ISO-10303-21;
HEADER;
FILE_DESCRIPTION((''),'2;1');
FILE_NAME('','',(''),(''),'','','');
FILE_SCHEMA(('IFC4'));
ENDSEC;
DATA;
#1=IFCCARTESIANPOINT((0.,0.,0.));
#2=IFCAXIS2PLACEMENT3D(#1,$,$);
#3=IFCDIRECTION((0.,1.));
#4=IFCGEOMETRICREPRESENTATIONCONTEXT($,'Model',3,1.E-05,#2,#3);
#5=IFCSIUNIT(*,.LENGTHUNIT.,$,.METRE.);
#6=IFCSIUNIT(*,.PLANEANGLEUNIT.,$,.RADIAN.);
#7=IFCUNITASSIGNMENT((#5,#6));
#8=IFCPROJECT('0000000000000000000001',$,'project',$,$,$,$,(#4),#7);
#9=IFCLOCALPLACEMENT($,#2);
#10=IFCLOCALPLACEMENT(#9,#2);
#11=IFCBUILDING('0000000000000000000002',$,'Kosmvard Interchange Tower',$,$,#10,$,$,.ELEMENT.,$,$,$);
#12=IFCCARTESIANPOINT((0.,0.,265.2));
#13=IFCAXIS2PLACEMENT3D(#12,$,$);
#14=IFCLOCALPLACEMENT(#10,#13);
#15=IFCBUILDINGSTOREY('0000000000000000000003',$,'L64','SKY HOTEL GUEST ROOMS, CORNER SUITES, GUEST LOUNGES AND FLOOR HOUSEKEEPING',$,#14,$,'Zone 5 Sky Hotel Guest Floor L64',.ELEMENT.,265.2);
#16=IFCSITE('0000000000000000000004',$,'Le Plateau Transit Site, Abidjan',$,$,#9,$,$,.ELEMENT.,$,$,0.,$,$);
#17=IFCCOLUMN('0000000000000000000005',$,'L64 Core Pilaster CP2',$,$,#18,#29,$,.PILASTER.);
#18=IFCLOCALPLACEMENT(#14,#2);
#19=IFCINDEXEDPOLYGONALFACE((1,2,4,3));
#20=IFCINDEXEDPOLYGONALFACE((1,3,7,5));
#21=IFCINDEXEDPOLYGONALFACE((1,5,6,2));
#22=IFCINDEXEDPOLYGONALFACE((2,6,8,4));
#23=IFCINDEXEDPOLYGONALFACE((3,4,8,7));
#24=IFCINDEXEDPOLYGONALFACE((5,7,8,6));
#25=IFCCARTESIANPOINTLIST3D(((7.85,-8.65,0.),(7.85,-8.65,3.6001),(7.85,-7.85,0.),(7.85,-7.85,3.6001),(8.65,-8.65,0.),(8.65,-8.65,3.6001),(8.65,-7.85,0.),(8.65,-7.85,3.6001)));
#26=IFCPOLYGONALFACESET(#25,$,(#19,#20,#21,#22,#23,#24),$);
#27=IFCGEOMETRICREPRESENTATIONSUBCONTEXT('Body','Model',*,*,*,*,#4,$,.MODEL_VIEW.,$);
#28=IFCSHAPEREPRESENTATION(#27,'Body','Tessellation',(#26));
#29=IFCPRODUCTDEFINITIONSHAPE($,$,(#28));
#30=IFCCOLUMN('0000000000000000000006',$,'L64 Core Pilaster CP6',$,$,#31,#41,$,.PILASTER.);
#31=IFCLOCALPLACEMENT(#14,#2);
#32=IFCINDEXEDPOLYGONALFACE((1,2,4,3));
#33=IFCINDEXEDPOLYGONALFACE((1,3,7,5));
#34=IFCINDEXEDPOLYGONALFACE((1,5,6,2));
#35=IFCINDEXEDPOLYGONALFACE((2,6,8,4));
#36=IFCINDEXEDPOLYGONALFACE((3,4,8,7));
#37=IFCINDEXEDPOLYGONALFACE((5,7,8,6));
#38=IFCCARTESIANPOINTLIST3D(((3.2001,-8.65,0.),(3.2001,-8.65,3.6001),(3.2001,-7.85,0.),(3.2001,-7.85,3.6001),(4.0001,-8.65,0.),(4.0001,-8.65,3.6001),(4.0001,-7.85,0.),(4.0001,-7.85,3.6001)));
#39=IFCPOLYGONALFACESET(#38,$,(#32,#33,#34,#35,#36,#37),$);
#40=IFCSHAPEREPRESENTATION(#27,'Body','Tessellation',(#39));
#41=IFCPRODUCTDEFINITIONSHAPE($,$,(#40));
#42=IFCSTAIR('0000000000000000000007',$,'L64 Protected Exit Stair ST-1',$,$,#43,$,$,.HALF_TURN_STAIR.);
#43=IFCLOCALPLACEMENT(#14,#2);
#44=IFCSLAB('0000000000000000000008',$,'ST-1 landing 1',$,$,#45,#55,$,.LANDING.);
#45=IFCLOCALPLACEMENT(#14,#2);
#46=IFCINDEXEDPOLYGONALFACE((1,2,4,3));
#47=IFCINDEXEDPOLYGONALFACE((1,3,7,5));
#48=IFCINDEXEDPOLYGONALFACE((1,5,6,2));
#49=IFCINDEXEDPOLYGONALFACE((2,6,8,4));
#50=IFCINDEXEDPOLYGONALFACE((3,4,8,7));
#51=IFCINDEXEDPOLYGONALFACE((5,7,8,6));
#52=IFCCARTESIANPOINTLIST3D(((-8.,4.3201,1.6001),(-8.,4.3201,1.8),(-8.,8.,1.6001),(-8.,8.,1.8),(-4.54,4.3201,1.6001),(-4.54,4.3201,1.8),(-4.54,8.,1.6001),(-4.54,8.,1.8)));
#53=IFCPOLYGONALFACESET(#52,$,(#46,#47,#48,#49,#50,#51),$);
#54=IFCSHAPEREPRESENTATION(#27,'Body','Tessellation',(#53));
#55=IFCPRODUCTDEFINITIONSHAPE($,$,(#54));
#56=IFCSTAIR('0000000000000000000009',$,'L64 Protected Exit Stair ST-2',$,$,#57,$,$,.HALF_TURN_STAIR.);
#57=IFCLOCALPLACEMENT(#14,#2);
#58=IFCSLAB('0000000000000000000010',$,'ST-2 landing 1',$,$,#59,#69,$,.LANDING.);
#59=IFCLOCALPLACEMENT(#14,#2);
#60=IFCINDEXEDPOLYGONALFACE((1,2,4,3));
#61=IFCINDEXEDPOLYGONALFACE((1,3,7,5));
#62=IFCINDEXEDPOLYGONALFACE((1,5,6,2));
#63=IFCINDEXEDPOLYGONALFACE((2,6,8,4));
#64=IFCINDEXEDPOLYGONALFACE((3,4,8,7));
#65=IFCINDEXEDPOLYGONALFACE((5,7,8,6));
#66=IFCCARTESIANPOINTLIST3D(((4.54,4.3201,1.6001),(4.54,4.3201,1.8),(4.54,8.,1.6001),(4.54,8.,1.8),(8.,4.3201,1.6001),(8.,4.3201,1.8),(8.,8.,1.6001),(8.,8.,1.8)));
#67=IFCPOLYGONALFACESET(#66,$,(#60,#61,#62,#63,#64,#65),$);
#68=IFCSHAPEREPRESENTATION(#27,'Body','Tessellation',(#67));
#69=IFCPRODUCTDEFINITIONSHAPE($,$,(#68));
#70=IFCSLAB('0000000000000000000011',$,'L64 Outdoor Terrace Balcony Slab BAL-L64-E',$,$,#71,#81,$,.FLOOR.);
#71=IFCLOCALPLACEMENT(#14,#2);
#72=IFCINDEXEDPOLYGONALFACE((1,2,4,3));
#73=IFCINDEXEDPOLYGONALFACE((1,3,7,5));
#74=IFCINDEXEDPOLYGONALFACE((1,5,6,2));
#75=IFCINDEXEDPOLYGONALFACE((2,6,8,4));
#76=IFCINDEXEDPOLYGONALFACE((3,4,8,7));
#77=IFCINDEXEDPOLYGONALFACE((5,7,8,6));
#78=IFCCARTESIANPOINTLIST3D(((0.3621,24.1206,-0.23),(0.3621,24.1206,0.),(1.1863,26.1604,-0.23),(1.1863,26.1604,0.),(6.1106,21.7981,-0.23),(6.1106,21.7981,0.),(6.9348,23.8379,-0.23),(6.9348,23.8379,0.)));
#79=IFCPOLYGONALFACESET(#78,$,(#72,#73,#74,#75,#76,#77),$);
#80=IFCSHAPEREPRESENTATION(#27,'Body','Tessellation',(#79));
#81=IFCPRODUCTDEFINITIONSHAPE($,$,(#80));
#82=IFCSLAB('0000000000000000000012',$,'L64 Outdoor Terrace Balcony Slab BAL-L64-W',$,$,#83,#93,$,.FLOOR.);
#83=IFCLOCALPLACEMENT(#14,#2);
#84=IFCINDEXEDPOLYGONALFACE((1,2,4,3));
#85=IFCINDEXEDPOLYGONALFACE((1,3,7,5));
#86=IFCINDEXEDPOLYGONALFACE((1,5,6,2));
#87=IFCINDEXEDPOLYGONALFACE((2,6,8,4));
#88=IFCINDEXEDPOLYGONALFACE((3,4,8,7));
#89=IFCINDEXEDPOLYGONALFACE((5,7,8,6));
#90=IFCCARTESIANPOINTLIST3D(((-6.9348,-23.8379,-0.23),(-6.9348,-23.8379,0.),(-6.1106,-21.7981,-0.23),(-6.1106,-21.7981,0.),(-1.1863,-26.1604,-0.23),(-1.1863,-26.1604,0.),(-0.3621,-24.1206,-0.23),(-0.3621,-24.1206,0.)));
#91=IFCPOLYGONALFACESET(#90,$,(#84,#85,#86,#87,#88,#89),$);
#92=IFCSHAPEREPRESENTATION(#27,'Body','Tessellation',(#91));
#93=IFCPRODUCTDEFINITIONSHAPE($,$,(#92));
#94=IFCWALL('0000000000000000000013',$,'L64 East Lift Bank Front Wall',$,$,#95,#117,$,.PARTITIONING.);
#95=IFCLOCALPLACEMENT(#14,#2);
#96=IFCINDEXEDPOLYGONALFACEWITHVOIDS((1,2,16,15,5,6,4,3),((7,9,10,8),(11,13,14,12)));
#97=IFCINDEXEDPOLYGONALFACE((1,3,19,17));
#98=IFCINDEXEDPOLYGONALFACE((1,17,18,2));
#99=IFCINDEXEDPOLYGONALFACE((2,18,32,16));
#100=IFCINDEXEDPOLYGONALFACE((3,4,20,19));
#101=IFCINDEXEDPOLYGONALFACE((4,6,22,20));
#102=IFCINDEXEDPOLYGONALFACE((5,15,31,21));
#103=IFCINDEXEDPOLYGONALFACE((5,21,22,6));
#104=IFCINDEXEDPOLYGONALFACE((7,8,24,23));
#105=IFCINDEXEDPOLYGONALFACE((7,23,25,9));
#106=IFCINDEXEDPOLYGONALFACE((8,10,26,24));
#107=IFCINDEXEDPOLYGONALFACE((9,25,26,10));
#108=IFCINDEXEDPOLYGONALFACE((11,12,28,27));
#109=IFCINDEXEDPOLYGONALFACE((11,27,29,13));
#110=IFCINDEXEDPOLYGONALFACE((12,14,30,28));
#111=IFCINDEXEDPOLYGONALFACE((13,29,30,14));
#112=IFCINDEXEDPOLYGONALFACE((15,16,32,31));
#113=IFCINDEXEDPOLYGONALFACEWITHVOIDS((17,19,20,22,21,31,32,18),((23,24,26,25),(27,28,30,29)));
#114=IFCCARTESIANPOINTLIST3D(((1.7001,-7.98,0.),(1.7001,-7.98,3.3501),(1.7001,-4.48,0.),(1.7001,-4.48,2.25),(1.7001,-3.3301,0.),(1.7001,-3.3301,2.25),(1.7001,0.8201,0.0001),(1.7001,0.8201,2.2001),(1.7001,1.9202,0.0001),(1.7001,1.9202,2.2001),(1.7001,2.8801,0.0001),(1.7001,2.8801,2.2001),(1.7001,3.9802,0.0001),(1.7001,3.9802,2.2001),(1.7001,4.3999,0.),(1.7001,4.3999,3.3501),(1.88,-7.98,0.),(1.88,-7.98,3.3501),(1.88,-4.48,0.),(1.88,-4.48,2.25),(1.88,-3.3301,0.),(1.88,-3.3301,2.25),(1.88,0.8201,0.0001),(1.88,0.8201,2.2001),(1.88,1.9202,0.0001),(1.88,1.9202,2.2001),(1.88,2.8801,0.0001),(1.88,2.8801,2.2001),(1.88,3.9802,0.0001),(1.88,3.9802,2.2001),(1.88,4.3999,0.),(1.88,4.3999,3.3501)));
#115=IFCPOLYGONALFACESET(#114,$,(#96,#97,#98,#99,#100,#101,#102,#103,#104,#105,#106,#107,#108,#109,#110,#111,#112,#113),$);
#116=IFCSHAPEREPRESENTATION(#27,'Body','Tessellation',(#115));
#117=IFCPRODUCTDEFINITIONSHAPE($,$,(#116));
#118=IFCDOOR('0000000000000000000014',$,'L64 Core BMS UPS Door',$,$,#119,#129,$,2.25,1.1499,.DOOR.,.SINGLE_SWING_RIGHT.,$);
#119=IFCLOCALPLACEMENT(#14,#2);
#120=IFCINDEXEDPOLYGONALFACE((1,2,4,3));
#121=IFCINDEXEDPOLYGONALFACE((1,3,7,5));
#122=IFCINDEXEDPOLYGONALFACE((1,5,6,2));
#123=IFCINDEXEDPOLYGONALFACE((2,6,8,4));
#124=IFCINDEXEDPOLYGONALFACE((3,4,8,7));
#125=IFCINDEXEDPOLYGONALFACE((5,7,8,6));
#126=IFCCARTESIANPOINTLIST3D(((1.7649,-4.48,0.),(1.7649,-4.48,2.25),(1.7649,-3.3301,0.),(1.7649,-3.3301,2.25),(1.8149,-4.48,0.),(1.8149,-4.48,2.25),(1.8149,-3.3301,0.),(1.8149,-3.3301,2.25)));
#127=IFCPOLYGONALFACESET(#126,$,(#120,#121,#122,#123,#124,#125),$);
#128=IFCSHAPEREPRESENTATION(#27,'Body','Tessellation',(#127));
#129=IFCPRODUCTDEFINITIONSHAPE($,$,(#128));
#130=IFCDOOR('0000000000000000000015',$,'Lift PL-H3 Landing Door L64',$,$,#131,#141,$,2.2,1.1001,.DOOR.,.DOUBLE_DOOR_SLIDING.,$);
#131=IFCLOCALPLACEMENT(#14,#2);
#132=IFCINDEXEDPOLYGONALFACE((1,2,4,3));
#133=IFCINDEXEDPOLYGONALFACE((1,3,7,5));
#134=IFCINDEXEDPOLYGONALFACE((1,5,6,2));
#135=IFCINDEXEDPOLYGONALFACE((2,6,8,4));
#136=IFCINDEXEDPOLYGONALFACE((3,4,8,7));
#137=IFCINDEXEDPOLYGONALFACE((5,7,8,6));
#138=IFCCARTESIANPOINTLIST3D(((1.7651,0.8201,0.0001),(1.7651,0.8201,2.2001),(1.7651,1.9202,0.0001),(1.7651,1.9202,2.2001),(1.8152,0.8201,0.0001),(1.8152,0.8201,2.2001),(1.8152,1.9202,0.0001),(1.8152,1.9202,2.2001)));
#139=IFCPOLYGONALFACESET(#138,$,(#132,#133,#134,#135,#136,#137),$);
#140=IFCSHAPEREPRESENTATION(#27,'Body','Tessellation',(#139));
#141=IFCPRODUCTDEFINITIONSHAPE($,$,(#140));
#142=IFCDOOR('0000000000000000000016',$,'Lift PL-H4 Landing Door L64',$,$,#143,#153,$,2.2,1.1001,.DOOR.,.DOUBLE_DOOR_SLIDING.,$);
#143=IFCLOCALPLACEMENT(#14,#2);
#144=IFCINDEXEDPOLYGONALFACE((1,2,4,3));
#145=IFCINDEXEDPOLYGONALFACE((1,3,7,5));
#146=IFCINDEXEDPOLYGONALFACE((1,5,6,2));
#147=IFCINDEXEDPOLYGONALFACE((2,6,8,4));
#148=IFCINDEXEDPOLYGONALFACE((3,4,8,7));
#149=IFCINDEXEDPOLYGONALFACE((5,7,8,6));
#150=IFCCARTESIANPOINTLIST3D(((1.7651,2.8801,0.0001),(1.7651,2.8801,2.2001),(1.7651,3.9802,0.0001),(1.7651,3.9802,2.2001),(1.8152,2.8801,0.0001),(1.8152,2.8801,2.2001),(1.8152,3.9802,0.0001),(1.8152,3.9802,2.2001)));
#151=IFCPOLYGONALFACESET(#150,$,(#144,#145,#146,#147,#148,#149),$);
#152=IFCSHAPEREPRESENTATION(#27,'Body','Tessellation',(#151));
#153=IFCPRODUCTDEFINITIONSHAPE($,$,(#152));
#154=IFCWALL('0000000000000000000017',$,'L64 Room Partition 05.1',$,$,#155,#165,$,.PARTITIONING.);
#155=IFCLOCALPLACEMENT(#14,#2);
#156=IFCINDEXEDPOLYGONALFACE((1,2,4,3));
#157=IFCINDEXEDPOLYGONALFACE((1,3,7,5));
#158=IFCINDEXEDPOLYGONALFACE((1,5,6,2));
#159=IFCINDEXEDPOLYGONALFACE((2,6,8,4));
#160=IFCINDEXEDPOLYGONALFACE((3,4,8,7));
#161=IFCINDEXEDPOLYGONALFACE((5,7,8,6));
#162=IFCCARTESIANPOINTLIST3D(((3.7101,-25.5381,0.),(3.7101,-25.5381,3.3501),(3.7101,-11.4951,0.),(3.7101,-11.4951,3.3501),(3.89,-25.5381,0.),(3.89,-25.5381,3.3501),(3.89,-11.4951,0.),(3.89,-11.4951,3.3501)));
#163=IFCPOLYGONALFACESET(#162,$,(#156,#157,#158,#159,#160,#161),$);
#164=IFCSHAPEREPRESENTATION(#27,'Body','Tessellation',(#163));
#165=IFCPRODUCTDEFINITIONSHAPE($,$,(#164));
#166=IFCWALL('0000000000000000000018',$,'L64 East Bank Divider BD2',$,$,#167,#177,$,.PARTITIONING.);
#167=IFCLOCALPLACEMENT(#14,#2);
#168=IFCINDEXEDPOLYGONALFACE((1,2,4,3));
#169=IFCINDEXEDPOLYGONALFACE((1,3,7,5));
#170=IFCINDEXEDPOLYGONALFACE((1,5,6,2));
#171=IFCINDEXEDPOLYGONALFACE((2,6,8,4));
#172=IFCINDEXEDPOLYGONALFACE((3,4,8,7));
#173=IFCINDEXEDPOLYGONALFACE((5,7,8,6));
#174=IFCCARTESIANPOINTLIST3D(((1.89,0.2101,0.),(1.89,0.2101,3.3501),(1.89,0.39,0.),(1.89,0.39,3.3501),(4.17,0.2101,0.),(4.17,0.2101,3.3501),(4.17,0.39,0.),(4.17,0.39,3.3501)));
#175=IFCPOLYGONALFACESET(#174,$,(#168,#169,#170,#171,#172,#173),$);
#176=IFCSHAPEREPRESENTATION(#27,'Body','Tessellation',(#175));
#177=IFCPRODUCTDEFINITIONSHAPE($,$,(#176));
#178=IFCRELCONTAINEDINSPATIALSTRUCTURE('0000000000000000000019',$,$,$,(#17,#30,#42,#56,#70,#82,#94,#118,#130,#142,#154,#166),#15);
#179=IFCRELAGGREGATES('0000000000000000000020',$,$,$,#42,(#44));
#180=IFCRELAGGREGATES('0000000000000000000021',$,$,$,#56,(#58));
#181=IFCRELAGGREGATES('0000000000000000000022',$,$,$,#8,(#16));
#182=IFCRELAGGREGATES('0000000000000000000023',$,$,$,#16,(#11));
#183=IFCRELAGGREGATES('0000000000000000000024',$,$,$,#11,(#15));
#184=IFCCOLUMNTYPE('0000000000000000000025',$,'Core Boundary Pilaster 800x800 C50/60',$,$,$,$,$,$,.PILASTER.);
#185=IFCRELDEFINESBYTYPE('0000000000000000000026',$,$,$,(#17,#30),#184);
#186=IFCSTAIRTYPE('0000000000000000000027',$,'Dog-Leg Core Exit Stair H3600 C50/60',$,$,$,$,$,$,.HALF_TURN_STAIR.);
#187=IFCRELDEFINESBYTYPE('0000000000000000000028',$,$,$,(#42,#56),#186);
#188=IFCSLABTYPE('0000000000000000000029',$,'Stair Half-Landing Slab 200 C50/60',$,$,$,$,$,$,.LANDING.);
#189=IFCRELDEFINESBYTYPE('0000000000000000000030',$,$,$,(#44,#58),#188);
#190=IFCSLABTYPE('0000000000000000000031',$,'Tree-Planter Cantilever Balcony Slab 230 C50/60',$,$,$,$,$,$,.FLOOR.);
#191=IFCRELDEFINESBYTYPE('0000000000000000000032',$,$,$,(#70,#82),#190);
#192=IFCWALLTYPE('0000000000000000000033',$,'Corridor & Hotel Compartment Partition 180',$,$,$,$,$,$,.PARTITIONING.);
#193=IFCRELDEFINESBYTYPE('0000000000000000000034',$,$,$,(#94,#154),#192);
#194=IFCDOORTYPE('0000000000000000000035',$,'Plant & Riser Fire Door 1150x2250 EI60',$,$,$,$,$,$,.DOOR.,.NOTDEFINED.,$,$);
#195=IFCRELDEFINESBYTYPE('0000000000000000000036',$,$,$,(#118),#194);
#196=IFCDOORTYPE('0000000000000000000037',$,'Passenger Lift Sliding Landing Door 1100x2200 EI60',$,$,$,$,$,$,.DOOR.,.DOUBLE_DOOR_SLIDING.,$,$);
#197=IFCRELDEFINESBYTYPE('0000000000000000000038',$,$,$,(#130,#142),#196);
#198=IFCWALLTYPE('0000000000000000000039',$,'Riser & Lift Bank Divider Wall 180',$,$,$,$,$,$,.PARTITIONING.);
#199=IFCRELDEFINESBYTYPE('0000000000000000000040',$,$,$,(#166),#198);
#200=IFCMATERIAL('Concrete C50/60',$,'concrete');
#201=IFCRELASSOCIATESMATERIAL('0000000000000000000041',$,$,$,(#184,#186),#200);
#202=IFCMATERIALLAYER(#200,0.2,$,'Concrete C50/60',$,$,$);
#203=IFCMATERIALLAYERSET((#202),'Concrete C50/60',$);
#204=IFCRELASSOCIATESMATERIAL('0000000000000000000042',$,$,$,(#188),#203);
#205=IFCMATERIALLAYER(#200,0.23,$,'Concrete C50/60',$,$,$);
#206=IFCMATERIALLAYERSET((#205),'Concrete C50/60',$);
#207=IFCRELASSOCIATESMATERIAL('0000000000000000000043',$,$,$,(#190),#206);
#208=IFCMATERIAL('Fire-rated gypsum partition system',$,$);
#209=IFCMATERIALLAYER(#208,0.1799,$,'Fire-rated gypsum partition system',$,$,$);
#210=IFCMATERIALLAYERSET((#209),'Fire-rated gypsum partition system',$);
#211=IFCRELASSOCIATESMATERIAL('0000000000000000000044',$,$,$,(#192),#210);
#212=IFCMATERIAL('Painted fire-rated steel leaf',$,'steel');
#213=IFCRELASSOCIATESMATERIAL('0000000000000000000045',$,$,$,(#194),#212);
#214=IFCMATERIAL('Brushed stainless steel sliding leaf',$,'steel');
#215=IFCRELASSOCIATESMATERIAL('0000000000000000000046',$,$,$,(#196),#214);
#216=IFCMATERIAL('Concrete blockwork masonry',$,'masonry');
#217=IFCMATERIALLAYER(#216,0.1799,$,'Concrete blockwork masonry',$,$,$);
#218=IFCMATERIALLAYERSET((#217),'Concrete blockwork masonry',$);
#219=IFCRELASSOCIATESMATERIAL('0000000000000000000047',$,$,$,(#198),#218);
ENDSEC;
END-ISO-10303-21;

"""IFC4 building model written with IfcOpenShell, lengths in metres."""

from ifc_helpers import new_model, si_unit, direction, frame, frame_2d, origin, origin_2d, place, context, subcontext, project, spatial, polyline, rectangle, outline, extrude, source, transform, mapped, material, layer, layer_set, material_profile, profile_set, type_object, element, fill, aggregate, save


model = new_model("IFC4")

# Units and contexts
model_context = context("Model", 3, precision=1e-05, world=origin(), true_north=direction((0.0, 1.0)))
body_context = subcontext(model_context, "Body", "Model", "MODEL_VIEW")
ifc_project = project(units=[si_unit("LENGTHUNIT", "METRE"), si_unit("PLANEANGLEUNIT", "RADIAN")], contexts=[model_context])

# Site, building, storey
site_placement = place(None, origin())
site = spatial("IfcSite", under=ifc_project, at=site_placement, Name="Le Plateau Transit Site, Abidjan", CompositionType="ELEMENT", RefElevation=0.0)
building_placement = place(site_placement, origin())
building = spatial("IfcBuilding", under=site, at=building_placement, Name="Kosmvard Interchange Tower", CompositionType="ELEMENT")
storey_placement = place(building_placement, frame((0.0, 0.0, 265.2)))
storey = spatial("IfcBuildingStorey", under=building, at=storey_placement, Name="L64", Description="SKY HOTEL GUEST ROOMS, CORNER SUITES, GUEST LOUNGES AND FLOOR HOUSEKEEPING", LongName="Zone 5 Sky Hotel Guest Floor L64", CompositionType="ELEMENT", Elevation=265.2)

# Columns
ifc_material_1 = material(Name="Concrete C50/60", Category="concrete")
ifc_material_profile = material_profile(ifc_material_1, rectangle(XDim=0.8, YDim=0.8, at=origin_2d()), Name="CP 800x800")
ifc_profile_set = profile_set([ifc_material_profile], Name="Concrete C50/60")
column_type = type_object("IfcColumnType", Name="Core Boundary Pilaster 800x800 C50/60", PredefinedType="PILASTER", material=ifc_profile_set)
shared_shape_1 = source(origin(), body_context, "Body", "SweptSolid", [
    extrude(rectangle(XDim=0.8, YDim=0.8, at=origin_2d()), origin(), (0.0, 0.0, 1.0), 3.6001),
])
for number, where, z_axis, x_axis, name in (
    (1, (8.25, -8.25, 0.0), (0.0, 0.0, 1.0), (1.0, 0.0, 0.0), "L64 Core Pilaster CP2"),
    (2, (3.6001, -8.25, 0.0), (0.0, 0.0, 1.0), (1.0, 0.0, 0.0), "L64 Core Pilaster CP6"),
):
    element("IfcColumn", number, at=place(storey_placement, frame(where, z_axis=z_axis, x_axis=x_axis)), inside=storey, type_object=column_type, Name=name, PredefinedType="PILASTER", context=body_context, shape_type="MappedRepresentation", body=[
        mapped(shared_shape_1, transform((0.0, 0.0, 0.0), scale=1.0)),
    ])

# Stairs, slabs
stair_type = type_object("IfcStairType", Name="Dog-Leg Core Exit Stair H3600 C50/60", PredefinedType="HALF_TURN_STAIR", material=ifc_material_1)
stair_1_placement = place(storey_placement, origin())
stair_1 = element("IfcStair", 3, at=stair_1_placement, inside=storey, type_object=stair_type, Name="L64 Protected Exit Stair ST-1", PredefinedType="HALF_TURN_STAIR")
ifc_layer_1 = layer(ifc_material_1, 0.2, Name="Concrete C50/60")
ifc_layer_set_1 = layer_set([ifc_layer_1], Name="Concrete C50/60")
slab_type_1 = type_object("IfcSlabType", Name="Stair Half-Landing Slab 200 C50/60", PredefinedType="LANDING", material=ifc_layer_set_1)
slab_1_placement = place(storey_placement, frame((0.0, 0.0, 1.6001)))
slab_1 = element("IfcSlab", 4, at=slab_1_placement, type_object=slab_type_1, Name="ST-1 landing 1", PredefinedType="LANDING", context=body_context, shape_type="SweptSolid", body=[
    extrude(outline(polyline([(-4.54, 4.3201), (-4.54, 8.0), (-8.0, 8.0), (-8.0, 4.3201), (-4.54, 4.3201)])), origin(), (0.0, 0.0, 1.0), 0.2),
])
aggregate(stair_1, [slab_1])
stair_2_placement = place(storey_placement, origin())
stair_2 = element("IfcStair", 5, at=stair_2_placement, inside=storey, type_object=stair_type, Name="L64 Protected Exit Stair ST-2", PredefinedType="HALF_TURN_STAIR")
slab_2_placement = place(storey_placement, frame((0.0, 0.0, 1.6001)))
slab_2 = element("IfcSlab", 6, at=slab_2_placement, type_object=slab_type_1, Name="ST-2 landing 1", PredefinedType="LANDING", context=body_context, shape_type="SweptSolid", body=[
    extrude(outline(polyline([(8.0, 4.3201), (8.0, 8.0), (4.54, 8.0), (4.54, 4.3201), (8.0, 4.3201)])), origin(), (0.0, 0.0, 1.0), 0.2),
])
aggregate(stair_2, [slab_2])

# Slabs
ifc_layer_2 = layer(ifc_material_1, 0.23, Name="Concrete C50/60")
ifc_layer_set_2 = layer_set([ifc_layer_2], Name="Concrete C50/60")
slab_type_2 = type_object("IfcSlabType", Name="Tree-Planter Cantilever Balcony Slab 230 C50/60", PredefinedType="FLOOR", material=ifc_layer_set_2)
slab_3_placement = place(storey_placement, frame((0.0, 0.0, -0.23)))
element("IfcSlab", 7, at=slab_3_placement, inside=storey, type_object=slab_type_2, Name="L64 Outdoor Terrace Balcony Slab BAL-L64-E", PredefinedType="FLOOR", context=body_context, shape_type="SweptSolid", body=[
    extrude(outline(polyline([(6.1106, 21.7981), (6.9348, 23.8379), (1.1863, 26.1604), (0.3621, 24.1206), (6.1106, 21.7981)])), origin(), (0.0, 0.0, 1.0), 0.23),
])
slab_4_placement = place(storey_placement, frame((0.0, 0.0, -0.23)))
element("IfcSlab", 8, at=slab_4_placement, inside=storey, type_object=slab_type_2, Name="L64 Outdoor Terrace Balcony Slab BAL-L64-W", PredefinedType="FLOOR", context=body_context, shape_type="SweptSolid", body=[
    extrude(outline(polyline([(-1.1863, -26.1604), (-0.3621, -24.1206), (-6.1106, -21.7981), (-6.9348, -23.8379), (-1.1863, -26.1604)])), origin(), (0.0, 0.0, 1.0), 0.23),
])

# Wall, openings, doors
ifc_material_2 = material(Name="Fire-rated gypsum partition system")
ifc_layer_3 = layer(ifc_material_2, 0.1799, Name="Fire-rated gypsum partition system")
ifc_layer_set_3 = layer_set([ifc_layer_3], Name="Fire-rated gypsum partition system")
wall_type_1 = type_object("IfcWallType", Name="Corridor & Hotel Compartment Partition 180", PredefinedType="PARTITIONING", material=ifc_layer_set_3)
wall_1_placement = place(storey_placement, frame((1.79, -7.98, 0.0), z_axis=(0.0, 0.0, 1.0), x_axis=(0.0, 1.0, 0.0)))
wall_1 = element("IfcWall", 9, at=wall_1_placement, inside=storey, type_object=wall_type_1, Name="L64 East Lift Bank Front Wall", PredefinedType="PARTITIONING", context=body_context, shape_type="SweptSolid", body=[
    extrude(rectangle(XDim=12.3799, YDim=0.1799, at=frame_2d((6.1899, 0.0))), origin(), (0.0, 0.0, 1.0), 3.3501),
])
opening_1_placement = place(wall_1_placement, frame((8.8, 0.0, 0.0)))
opening_1 = element("IfcOpeningElement", 10, at=opening_1_placement, cuts=wall_1, PredefinedType="OPENING", context=body_context, shape_type="SweptSolid", body=[
    extrude(rectangle(XDim=1.1001, YDim=2.2, at=frame_2d((0.55, 1.1001))), frame((0.0, 0.1001, 0.0), z_axis=(0.0, -1.0, 0.0), x_axis=(1.0, 0.0, 0.0)), (0.0, 0.0, 1.0), 0.2),
])
opening_2_placement = place(wall_1_placement, frame((10.8601, 0.0, 0.0)))
opening_2 = element("IfcOpeningElement", 11, at=opening_2_placement, cuts=wall_1, PredefinedType="OPENING", context=body_context, shape_type="SweptSolid", body=[
    extrude(rectangle(XDim=1.1001, YDim=2.2, at=frame_2d((0.55, 1.1001))), frame((0.0, 0.1001, 0.0), z_axis=(0.0, -1.0, 0.0), x_axis=(1.0, 0.0, 0.0)), (0.0, 0.0, 1.0), 0.2),
])
opening_3_placement = place(wall_1_placement, frame((3.5, 0.0, 0.0)))
opening_3 = element("IfcOpeningElement", 12, at=opening_3_placement, cuts=wall_1, PredefinedType="OPENING", context=body_context, shape_type="SweptSolid", body=[
    extrude(rectangle(XDim=1.1499, YDim=2.25, at=frame_2d((0.575, 1.125))), frame((0.0, 0.1001, 0.0), z_axis=(0.0, -1.0, 0.0), x_axis=(1.0, 0.0, 0.0)), (0.0, 0.0, 1.0), 0.2),
])
ifc_material_3 = material(Name="Painted fire-rated steel leaf", Category="steel")
door_type_1 = type_object("IfcDoorType", Name="Plant & Riser Fire Door 1150x2250 EI60", OperationType="NOTDEFINED", PredefinedType="DOOR", material=ifc_material_3)
shared_shape_2 = source(origin(), body_context, "Body", "SweptSolid", [
    extrude(rectangle(XDim=1.1499, YDim=2.25, at=frame_2d((0.575, 1.125))), frame((0.0, 0.0249, 0.0), z_axis=(0.0, -1.0, 0.0), x_axis=(1.0, 0.0, 0.0)), (0.0, 0.0, 1.0), 0.05),
])
door_1_placement = place(opening_3_placement, frame((1.1499, 0.0, 0.0), z_axis=(0.0, 0.0, 1.0), x_axis=(-1.0, 0.0, 0.0)))
door_1 = element("IfcDoor", 13, at=door_1_placement, inside=storey, type_object=door_type_1, Name="L64 Core BMS UPS Door", OperationType="SINGLE_SWING_RIGHT", OverallHeight=2.25, OverallWidth=1.1499, PredefinedType="DOOR", context=body_context, shape_type="MappedRepresentation", body=[
    mapped(shared_shape_2, transform((0.0, 0.0, 0.0), scale=1.0)),
])
fill(opening_3, door_1)
ifc_material_4 = material(Name="Brushed stainless steel sliding leaf", Category="steel")
door_type_2 = type_object("IfcDoorType", Name="Passenger Lift Sliding Landing Door 1100x2200 EI60", OperationType="DOUBLE_DOOR_SLIDING", PredefinedType="DOOR", material=ifc_material_4)
shared_shape_3 = source(origin(), body_context, "Body", "SweptSolid", [
    extrude(rectangle(XDim=1.1001, YDim=2.2, at=frame_2d((0.55, 1.1001))), frame((0.0, 0.0249, 0.0), z_axis=(0.0, -1.0, 0.0), x_axis=(1.0, 0.0, 0.0)), (0.0, 0.0, 1.0), 0.05),
])
door_2_placement = place(opening_1_placement, origin())
door_2 = element("IfcDoor", 14, at=door_2_placement, inside=storey, type_object=door_type_2, Name="Lift PL-H3 Landing Door L64", OperationType="DOUBLE_DOOR_SLIDING", OverallHeight=2.2, OverallWidth=1.1001, PredefinedType="DOOR", context=body_context, shape_type="MappedRepresentation", body=[
    mapped(shared_shape_3, transform((0.0, 0.0, 0.0), scale=1.0)),
])
fill(opening_1, door_2)
door_3_placement = place(opening_2_placement, origin())
door_3 = element("IfcDoor", 15, at=door_3_placement, inside=storey, type_object=door_type_2, Name="Lift PL-H4 Landing Door L64", OperationType="DOUBLE_DOOR_SLIDING", OverallHeight=2.2, OverallWidth=1.1001, PredefinedType="DOOR", context=body_context, shape_type="MappedRepresentation", body=[
    mapped(shared_shape_3, transform((0.0, 0.0, 0.0), scale=1.0)),
])
fill(opening_2, door_3)

# Walls
wall_2_placement = place(storey_placement, frame((3.8, -11.4951, 0.0), z_axis=(0.0, 0.0, 1.0), x_axis=(0.0, -1.0, 0.0)))
element("IfcWall", 16, at=wall_2_placement, inside=storey, type_object=wall_type_1, Name="L64 Room Partition 05.1", PredefinedType="PARTITIONING", context=body_context, shape_type="SweptSolid", body=[
    extrude(rectangle(XDim=14.043, YDim=0.1799, at=frame_2d((7.0215, 0.0))), origin(), (0.0, 0.0, 1.0), 3.3501),
])
ifc_material_5 = material(Name="Concrete blockwork masonry", Category="masonry")
ifc_layer_4 = layer(ifc_material_5, 0.1799, Name="Concrete blockwork masonry")
ifc_layer_set_4 = layer_set([ifc_layer_4], Name="Concrete blockwork masonry")
wall_type_2 = type_object("IfcWallType", Name="Riser & Lift Bank Divider Wall 180", PredefinedType="PARTITIONING", material=ifc_layer_set_4)
wall_3_placement = place(storey_placement, frame((1.8899, 0.3, 0.0), z_axis=(0.0, 0.0, 1.0), x_axis=(1.0, 0.0, 0.0)))
element("IfcWall", 17, at=wall_3_placement, inside=storey, type_object=wall_type_2, Name="L64 East Bank Divider BD2", PredefinedType="PARTITIONING", context=body_context, shape_type="SweptSolid", body=[
    extrude(rectangle(XDim=2.28, YDim=0.1799, at=frame_2d((1.1401, 0.0))), origin(), (0.0, 0.0, 1.0), 3.3501),
])

save(model, "model.ifc")
